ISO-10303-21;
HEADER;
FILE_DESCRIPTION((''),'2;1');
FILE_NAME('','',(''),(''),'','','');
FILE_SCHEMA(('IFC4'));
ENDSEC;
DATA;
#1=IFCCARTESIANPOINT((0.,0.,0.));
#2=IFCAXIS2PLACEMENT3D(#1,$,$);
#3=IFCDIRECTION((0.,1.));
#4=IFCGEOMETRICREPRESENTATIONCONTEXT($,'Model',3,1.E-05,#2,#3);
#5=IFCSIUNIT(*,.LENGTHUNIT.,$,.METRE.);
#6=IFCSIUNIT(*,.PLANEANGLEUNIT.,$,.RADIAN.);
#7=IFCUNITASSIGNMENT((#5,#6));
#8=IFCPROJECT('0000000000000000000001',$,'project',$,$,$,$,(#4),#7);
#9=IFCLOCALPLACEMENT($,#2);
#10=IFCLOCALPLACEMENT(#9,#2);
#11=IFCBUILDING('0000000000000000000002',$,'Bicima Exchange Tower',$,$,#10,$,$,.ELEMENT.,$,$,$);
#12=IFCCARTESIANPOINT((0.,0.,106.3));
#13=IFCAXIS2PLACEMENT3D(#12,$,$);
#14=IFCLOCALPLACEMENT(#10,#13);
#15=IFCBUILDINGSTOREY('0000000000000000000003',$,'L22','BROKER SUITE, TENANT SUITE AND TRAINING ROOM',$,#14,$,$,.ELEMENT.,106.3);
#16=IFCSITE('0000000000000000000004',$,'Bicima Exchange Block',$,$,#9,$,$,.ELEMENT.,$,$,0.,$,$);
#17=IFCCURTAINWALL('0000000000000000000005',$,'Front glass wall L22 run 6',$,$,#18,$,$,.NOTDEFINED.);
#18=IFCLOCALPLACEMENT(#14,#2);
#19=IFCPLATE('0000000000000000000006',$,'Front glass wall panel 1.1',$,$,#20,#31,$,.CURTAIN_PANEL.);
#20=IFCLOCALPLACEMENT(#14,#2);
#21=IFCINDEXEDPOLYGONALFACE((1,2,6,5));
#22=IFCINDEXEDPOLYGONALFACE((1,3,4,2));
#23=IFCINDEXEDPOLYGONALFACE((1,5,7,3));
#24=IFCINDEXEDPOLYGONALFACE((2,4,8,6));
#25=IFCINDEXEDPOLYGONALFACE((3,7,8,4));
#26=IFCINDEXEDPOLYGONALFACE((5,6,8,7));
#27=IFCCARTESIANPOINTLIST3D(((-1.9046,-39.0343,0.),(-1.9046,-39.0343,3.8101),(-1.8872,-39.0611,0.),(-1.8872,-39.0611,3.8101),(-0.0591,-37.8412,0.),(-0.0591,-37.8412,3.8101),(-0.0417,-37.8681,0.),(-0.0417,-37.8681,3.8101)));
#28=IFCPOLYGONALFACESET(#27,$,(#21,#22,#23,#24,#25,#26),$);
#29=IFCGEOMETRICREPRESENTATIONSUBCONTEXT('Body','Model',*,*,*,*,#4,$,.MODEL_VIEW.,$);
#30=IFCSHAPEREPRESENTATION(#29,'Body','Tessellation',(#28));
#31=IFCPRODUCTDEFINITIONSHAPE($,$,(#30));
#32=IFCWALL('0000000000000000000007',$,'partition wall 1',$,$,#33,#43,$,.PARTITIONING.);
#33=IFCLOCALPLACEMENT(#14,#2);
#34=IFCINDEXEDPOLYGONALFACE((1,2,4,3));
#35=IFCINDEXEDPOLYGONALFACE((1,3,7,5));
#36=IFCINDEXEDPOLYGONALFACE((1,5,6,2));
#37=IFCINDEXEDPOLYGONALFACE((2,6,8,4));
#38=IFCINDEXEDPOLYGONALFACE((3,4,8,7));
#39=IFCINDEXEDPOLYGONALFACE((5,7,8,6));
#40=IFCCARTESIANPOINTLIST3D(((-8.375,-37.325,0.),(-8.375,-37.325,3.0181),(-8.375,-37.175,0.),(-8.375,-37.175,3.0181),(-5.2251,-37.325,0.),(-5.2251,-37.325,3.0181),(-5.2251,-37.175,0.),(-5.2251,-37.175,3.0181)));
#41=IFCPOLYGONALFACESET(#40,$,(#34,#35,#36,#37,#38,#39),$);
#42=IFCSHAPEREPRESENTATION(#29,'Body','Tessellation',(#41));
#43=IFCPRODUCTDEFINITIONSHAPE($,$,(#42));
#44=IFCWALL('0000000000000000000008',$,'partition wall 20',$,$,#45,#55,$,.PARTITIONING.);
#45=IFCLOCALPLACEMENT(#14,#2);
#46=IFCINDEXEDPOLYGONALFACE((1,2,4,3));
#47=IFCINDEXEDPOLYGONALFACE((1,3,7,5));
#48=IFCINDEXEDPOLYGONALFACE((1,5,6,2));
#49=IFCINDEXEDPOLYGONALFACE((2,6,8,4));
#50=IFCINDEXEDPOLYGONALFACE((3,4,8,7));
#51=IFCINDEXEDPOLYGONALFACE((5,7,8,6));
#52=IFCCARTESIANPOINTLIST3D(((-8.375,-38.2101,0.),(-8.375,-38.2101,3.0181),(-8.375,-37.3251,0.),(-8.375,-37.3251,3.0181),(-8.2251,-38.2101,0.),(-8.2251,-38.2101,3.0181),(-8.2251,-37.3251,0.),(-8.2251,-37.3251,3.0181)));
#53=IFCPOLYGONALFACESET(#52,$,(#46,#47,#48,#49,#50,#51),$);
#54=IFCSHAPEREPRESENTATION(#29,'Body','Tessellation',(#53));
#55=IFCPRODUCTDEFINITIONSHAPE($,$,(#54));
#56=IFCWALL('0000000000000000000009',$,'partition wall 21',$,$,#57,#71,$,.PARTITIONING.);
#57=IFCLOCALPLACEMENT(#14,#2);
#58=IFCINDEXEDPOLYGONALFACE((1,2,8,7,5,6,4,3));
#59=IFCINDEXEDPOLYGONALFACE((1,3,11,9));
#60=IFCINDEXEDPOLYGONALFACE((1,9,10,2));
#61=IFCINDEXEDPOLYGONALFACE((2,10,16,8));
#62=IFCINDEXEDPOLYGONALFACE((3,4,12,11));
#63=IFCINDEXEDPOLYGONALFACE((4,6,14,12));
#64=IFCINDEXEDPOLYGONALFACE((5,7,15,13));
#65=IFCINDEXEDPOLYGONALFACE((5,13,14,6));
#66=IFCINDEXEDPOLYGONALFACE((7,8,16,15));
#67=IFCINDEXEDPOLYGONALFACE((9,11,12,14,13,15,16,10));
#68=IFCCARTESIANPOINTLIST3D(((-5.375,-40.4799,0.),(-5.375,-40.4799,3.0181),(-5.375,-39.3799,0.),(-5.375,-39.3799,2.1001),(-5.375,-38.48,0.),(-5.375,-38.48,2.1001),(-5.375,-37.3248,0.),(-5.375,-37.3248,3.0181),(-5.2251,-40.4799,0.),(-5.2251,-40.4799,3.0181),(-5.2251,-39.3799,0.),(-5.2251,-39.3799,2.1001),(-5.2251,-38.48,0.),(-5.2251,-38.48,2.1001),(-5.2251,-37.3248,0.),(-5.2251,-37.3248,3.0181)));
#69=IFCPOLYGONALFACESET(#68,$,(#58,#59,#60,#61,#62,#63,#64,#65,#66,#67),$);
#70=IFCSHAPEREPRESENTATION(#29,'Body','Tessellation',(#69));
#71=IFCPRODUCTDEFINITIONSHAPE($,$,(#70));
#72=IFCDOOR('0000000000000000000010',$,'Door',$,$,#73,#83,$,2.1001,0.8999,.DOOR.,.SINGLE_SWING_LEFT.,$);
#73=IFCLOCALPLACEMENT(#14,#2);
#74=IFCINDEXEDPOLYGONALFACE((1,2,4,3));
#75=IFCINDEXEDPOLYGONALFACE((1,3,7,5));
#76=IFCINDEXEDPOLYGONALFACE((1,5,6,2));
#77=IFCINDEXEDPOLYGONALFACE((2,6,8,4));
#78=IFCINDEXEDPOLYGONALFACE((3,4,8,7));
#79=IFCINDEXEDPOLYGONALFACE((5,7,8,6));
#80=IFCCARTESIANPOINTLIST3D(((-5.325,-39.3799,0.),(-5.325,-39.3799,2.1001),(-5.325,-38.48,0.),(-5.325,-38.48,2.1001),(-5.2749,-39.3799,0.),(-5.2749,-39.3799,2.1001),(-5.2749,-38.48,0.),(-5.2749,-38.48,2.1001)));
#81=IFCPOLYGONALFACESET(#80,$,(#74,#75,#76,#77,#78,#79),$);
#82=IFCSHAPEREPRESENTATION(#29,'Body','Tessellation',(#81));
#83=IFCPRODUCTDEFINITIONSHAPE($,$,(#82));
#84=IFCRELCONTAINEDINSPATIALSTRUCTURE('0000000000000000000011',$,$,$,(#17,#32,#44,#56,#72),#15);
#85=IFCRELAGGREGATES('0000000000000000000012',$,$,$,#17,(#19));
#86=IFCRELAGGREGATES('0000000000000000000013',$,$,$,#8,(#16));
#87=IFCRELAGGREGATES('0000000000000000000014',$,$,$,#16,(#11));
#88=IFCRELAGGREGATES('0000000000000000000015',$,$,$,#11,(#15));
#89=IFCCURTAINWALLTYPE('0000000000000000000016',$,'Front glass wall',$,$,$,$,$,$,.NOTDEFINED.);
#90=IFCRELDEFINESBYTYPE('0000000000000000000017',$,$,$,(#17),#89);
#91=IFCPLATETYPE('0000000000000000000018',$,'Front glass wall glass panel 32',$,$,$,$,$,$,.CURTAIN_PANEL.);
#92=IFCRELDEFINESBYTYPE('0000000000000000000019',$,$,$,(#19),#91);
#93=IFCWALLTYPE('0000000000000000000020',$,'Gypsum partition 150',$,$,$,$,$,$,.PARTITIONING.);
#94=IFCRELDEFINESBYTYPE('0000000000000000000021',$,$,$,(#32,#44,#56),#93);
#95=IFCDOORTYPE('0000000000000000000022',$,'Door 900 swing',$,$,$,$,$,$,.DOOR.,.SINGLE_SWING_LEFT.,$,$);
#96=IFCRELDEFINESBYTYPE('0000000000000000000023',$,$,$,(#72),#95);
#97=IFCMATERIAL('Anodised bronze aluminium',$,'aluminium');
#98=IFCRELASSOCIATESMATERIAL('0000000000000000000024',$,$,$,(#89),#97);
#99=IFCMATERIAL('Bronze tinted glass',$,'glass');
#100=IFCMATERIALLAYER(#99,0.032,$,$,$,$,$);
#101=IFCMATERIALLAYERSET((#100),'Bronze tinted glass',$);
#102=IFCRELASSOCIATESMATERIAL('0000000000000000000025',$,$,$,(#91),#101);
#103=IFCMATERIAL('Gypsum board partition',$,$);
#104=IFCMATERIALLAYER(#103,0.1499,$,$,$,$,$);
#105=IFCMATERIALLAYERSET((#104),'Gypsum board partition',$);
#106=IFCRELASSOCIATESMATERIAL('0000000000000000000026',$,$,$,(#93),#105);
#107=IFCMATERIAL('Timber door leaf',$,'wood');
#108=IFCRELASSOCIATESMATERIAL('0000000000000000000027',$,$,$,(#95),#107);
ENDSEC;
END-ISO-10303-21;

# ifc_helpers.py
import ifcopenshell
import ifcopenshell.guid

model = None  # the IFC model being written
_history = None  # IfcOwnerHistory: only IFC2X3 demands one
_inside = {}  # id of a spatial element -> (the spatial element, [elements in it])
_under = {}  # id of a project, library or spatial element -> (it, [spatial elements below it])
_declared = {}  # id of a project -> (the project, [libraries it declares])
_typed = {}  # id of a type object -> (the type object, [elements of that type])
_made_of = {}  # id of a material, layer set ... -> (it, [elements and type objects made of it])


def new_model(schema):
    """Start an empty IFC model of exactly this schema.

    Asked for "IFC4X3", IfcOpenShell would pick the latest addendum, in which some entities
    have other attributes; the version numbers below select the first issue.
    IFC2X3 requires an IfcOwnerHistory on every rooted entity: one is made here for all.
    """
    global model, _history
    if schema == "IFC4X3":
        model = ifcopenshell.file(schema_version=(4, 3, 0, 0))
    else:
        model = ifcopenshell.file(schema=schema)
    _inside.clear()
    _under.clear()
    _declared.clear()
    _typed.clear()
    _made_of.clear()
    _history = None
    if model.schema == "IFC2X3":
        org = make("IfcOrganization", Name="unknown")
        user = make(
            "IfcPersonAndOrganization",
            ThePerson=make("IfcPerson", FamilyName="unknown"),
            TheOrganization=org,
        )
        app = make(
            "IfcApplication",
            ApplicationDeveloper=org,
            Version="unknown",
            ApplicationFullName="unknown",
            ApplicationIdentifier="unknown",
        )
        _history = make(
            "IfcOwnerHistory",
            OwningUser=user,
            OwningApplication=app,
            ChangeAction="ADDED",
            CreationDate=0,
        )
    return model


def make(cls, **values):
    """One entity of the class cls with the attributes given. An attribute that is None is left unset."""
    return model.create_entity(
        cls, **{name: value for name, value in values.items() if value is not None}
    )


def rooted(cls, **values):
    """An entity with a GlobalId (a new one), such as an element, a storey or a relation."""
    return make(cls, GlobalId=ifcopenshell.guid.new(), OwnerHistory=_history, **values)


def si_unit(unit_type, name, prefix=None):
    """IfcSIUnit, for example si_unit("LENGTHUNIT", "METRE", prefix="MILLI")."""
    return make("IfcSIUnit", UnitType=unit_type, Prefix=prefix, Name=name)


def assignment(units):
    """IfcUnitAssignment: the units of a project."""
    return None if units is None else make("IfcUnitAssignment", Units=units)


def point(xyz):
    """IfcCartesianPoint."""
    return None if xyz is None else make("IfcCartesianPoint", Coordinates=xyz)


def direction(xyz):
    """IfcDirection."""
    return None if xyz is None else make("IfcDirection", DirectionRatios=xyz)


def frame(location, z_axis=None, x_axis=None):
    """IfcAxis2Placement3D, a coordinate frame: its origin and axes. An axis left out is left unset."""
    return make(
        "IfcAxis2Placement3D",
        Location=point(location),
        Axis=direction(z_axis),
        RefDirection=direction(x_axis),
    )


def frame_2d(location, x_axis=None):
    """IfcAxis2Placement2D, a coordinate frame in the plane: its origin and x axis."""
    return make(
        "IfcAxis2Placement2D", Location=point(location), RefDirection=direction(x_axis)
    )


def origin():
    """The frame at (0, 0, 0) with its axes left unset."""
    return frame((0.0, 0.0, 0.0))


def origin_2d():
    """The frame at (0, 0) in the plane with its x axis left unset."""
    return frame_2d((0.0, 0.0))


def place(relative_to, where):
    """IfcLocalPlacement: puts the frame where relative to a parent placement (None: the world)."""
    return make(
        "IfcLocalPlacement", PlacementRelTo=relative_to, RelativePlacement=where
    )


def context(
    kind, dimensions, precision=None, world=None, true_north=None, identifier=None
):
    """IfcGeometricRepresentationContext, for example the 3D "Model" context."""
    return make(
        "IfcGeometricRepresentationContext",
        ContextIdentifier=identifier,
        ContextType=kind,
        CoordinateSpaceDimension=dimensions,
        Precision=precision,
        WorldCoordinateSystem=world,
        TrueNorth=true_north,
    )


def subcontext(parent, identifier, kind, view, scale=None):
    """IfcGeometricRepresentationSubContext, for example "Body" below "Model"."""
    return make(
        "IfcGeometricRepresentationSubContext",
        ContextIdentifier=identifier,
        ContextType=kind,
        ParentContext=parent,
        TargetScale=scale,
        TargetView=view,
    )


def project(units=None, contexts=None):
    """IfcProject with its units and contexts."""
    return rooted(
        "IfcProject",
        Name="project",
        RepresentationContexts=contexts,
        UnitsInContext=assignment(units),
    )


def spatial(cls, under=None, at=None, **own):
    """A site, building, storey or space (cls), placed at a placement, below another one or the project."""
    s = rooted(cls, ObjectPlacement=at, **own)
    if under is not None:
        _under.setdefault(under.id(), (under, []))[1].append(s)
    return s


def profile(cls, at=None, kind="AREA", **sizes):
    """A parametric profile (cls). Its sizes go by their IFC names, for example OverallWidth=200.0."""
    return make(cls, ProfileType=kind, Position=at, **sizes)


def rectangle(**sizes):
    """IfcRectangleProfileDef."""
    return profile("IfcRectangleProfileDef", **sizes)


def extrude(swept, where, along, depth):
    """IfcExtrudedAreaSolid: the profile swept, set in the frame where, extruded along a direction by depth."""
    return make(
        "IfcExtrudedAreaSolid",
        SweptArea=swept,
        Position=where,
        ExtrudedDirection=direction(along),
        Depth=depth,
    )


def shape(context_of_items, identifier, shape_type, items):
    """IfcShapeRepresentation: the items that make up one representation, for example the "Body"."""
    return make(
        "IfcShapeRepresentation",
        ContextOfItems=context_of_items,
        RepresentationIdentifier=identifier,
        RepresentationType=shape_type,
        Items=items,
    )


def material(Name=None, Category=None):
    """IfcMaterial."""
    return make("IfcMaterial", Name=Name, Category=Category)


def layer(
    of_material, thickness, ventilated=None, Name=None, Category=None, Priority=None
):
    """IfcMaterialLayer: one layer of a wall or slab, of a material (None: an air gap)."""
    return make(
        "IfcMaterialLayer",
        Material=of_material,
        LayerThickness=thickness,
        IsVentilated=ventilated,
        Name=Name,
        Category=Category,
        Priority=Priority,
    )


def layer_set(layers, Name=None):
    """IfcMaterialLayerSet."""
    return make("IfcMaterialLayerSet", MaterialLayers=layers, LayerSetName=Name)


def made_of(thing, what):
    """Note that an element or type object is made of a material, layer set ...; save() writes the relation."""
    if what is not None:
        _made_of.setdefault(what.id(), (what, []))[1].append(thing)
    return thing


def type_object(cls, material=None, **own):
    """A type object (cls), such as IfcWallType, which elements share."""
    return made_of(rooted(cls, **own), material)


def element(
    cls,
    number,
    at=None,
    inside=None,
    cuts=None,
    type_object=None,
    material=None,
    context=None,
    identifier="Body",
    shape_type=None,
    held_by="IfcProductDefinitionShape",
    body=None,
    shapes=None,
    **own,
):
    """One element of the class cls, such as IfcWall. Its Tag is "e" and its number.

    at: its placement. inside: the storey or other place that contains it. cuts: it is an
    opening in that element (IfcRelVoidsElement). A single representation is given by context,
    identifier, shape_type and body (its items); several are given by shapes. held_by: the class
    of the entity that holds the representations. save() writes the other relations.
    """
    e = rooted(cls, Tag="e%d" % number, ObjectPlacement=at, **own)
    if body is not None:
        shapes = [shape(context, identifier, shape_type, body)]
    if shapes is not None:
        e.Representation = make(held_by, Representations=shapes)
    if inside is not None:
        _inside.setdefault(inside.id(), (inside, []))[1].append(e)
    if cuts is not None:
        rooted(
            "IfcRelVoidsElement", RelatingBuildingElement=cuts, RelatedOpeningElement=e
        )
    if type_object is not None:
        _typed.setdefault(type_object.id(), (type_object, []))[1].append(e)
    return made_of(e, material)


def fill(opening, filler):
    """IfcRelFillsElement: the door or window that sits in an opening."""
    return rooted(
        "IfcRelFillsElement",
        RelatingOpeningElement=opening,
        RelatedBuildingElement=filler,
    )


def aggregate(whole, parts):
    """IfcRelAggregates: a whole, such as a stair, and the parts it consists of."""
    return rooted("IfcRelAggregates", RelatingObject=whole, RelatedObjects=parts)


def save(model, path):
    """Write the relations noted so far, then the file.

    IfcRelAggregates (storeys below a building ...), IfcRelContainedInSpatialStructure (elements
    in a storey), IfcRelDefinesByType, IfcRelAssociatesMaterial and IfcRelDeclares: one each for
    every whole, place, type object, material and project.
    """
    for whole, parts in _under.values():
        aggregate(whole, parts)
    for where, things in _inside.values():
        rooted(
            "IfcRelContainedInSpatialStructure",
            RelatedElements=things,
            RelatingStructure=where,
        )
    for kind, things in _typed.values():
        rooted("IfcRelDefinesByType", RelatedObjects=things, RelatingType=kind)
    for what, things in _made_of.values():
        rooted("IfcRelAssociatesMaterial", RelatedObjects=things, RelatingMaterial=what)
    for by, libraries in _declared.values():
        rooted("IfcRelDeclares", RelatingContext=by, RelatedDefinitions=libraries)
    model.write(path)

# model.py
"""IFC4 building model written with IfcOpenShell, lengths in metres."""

from ifc_helpers import new_model, si_unit, direction, frame, frame_2d, origin, origin_2d, place, context, subcontext, project, spatial, rectangle, extrude, material, layer, layer_set, type_object, element, fill, aggregate, save


model = new_model("IFC4")

# Units and contexts
model_context = context("Model", 3, precision=1e-05, world=origin(), true_north=direction((0.0, 1.0)))
body_context = subcontext(model_context, "Body", "Model", "MODEL_VIEW")
ifc_project = project(units=[si_unit("LENGTHUNIT", "METRE"), si_unit("PLANEANGLEUNIT", "RADIAN")], contexts=[model_context])

# Site, building, storey
site_placement = place(None, origin())
site = spatial("IfcSite", under=ifc_project, at=site_placement, Name="Bicima Exchange Block", CompositionType="ELEMENT", RefElevation=0.0)
building_placement = place(site_placement, origin())
building = spatial("IfcBuilding", under=site, at=building_placement, Name="Bicima Exchange Tower", CompositionType="ELEMENT")
storey_placement = place(building_placement, frame((0.0, 0.0, 106.3)))
storey = spatial("IfcBuildingStorey", under=building, at=storey_placement, Name="L22", Description="BROKER SUITE, TENANT SUITE AND TRAINING ROOM", CompositionType="ELEMENT", Elevation=106.3)

# Curtain wall
ifc_material_1 = material(Name="Anodised bronze aluminium", Category="aluminium")
curtain_wall_type = type_object("IfcCurtainWallType", Name="Front glass wall", PredefinedType="NOTDEFINED", material=ifc_material_1)
curtain_wall_placement = place(storey_placement, origin())
curtain_wall = element("IfcCurtainWall", 1, at=curtain_wall_placement, inside=storey, type_object=curtain_wall_type, Name="Front glass wall L22 run 6", PredefinedType="NOTDEFINED")

# Plate
ifc_material_2 = material(Name="Bronze tinted glass", Category="glass")
ifc_layer_1 = layer(ifc_material_2, 0.032)
ifc_layer_set_1 = layer_set([ifc_layer_1], Name="Bronze tinted glass")
plate_type = type_object("IfcPlateType", Name="Front glass wall glass panel 32", PredefinedType="CURTAIN_PANEL", material=ifc_layer_set_1)
plate_1_placement = place(storey_placement, frame((-0.9731, -38.4512, 0.0), z_axis=(0.0, 0.0, 1.0), x_axis=(0.839799, 0.542897, 0.0)))
plate_1 = element("IfcPlate", 2, at=plate_1_placement, type_object=plate_type, Name="Front glass wall panel 1.1", PredefinedType="CURTAIN_PANEL", context=body_context, shape_type="SweptSolid", body=[
    extrude(rectangle(XDim=2.1975, YDim=0.032, at=origin_2d()), origin(), (0.0, 0.0, 1.0), 3.8101),
])
aggregate(curtain_wall, [plate_1])

# Walls
ifc_material_3 = material(Name="Gypsum board partition")
ifc_layer_2 = layer(ifc_material_3, 0.1499)
ifc_layer_set_2 = layer_set([ifc_layer_2], Name="Gypsum board partition")
wall_type = type_object("IfcWallType", Name="Gypsum partition 150", PredefinedType="PARTITIONING", material=ifc_layer_set_2)
wall_1_placement = place(storey_placement, frame((-8.375, -37.25, 0.0), z_axis=(0.0, 0.0, 1.0), x_axis=(1.0, 0.0, 0.0)))
element("IfcWall", 3, at=wall_1_placement, inside=storey, type_object=wall_type, Name="partition wall 1", PredefinedType="PARTITIONING", context=body_context, shape_type="SweptSolid", body=[
    extrude(rectangle(XDim=3.1499, YDim=0.1499, at=frame_2d((1.575, 0.0))), origin(), (0.0, 0.0, 1.0), 3.0181),
])
wall_2_placement = place(storey_placement, frame((-8.3, -38.21, 0.0), z_axis=(0.0, 0.0, 1.0), x_axis=(0.0, 1.0, 0.0)))
element("IfcWall", 4, at=wall_2_placement, inside=storey, type_object=wall_type, Name="partition wall 20", PredefinedType="PARTITIONING", context=body_context, shape_type="SweptSolid", body=[
    extrude(rectangle(XDim=0.885, YDim=0.1499, at=frame_2d((0.4424, 0.0))), origin(), (0.0, 0.0, 1.0), 3.0181),
])

# Wall, opening, door
wall_3_placement = place(storey_placement, frame((-5.3, -40.48, 0.0), z_axis=(0.0, 0.0, 1.0), x_axis=(0.0, 1.0, 0.0)))
wall_3 = element("IfcWall", 5, at=wall_3_placement, inside=storey, type_object=wall_type, Name="partition wall 21", PredefinedType="PARTITIONING", context=body_context, shape_type="SweptSolid", body=[
    extrude(rectangle(XDim=3.155, YDim=0.1499, at=frame_2d((1.5776, 0.0))), origin(), (0.0, 0.0, 1.0), 3.0181),
])
opening_placement = place(wall_3_placement, frame((1.1001, 0.0, 0.0)))
opening = element("IfcOpeningElement", 6, at=opening_placement, cuts=wall_3, PredefinedType="OPENING", context=body_context, shape_type="SweptSolid", body=[
    extrude(rectangle(XDim=0.8999, YDim=2.1001, at=frame_2d((0.45, 1.05))), frame((0.0, 0.0869, 0.0), z_axis=(0.0, -1.0, 0.0), x_axis=(1.0, 0.0, 0.0)), (0.0, 0.0, 1.0), 0.1738),
])
ifc_material_4 = material(Name="Timber door leaf", Category="wood")
door_type = type_object("IfcDoorType", Name="Door 900 swing", OperationType="SINGLE_SWING_LEFT", PredefinedType="DOOR", material=ifc_material_4)
door_placement = place(opening_placement, origin())
door = element("IfcDoor", 7, at=door_placement, inside=storey, type_object=door_type, Name="Door", OperationType="SINGLE_SWING_LEFT", OverallHeight=2.1001, OverallWidth=0.8999, PredefinedType="DOOR", context=body_context, shape_type="SweptSolid", body=[
    extrude(rectangle(XDim=0.8999, YDim=2.1001, at=frame_2d((0.45, 1.05))), frame((0.0, 0.0249, 0.0), z_axis=(0.0, -1.0, 0.0), x_axis=(1.0, 0.0, 0.0)), (0.0, 0.0, 1.0), 0.05),
])
fill(opening, door)

save(model, "model.ifc")
